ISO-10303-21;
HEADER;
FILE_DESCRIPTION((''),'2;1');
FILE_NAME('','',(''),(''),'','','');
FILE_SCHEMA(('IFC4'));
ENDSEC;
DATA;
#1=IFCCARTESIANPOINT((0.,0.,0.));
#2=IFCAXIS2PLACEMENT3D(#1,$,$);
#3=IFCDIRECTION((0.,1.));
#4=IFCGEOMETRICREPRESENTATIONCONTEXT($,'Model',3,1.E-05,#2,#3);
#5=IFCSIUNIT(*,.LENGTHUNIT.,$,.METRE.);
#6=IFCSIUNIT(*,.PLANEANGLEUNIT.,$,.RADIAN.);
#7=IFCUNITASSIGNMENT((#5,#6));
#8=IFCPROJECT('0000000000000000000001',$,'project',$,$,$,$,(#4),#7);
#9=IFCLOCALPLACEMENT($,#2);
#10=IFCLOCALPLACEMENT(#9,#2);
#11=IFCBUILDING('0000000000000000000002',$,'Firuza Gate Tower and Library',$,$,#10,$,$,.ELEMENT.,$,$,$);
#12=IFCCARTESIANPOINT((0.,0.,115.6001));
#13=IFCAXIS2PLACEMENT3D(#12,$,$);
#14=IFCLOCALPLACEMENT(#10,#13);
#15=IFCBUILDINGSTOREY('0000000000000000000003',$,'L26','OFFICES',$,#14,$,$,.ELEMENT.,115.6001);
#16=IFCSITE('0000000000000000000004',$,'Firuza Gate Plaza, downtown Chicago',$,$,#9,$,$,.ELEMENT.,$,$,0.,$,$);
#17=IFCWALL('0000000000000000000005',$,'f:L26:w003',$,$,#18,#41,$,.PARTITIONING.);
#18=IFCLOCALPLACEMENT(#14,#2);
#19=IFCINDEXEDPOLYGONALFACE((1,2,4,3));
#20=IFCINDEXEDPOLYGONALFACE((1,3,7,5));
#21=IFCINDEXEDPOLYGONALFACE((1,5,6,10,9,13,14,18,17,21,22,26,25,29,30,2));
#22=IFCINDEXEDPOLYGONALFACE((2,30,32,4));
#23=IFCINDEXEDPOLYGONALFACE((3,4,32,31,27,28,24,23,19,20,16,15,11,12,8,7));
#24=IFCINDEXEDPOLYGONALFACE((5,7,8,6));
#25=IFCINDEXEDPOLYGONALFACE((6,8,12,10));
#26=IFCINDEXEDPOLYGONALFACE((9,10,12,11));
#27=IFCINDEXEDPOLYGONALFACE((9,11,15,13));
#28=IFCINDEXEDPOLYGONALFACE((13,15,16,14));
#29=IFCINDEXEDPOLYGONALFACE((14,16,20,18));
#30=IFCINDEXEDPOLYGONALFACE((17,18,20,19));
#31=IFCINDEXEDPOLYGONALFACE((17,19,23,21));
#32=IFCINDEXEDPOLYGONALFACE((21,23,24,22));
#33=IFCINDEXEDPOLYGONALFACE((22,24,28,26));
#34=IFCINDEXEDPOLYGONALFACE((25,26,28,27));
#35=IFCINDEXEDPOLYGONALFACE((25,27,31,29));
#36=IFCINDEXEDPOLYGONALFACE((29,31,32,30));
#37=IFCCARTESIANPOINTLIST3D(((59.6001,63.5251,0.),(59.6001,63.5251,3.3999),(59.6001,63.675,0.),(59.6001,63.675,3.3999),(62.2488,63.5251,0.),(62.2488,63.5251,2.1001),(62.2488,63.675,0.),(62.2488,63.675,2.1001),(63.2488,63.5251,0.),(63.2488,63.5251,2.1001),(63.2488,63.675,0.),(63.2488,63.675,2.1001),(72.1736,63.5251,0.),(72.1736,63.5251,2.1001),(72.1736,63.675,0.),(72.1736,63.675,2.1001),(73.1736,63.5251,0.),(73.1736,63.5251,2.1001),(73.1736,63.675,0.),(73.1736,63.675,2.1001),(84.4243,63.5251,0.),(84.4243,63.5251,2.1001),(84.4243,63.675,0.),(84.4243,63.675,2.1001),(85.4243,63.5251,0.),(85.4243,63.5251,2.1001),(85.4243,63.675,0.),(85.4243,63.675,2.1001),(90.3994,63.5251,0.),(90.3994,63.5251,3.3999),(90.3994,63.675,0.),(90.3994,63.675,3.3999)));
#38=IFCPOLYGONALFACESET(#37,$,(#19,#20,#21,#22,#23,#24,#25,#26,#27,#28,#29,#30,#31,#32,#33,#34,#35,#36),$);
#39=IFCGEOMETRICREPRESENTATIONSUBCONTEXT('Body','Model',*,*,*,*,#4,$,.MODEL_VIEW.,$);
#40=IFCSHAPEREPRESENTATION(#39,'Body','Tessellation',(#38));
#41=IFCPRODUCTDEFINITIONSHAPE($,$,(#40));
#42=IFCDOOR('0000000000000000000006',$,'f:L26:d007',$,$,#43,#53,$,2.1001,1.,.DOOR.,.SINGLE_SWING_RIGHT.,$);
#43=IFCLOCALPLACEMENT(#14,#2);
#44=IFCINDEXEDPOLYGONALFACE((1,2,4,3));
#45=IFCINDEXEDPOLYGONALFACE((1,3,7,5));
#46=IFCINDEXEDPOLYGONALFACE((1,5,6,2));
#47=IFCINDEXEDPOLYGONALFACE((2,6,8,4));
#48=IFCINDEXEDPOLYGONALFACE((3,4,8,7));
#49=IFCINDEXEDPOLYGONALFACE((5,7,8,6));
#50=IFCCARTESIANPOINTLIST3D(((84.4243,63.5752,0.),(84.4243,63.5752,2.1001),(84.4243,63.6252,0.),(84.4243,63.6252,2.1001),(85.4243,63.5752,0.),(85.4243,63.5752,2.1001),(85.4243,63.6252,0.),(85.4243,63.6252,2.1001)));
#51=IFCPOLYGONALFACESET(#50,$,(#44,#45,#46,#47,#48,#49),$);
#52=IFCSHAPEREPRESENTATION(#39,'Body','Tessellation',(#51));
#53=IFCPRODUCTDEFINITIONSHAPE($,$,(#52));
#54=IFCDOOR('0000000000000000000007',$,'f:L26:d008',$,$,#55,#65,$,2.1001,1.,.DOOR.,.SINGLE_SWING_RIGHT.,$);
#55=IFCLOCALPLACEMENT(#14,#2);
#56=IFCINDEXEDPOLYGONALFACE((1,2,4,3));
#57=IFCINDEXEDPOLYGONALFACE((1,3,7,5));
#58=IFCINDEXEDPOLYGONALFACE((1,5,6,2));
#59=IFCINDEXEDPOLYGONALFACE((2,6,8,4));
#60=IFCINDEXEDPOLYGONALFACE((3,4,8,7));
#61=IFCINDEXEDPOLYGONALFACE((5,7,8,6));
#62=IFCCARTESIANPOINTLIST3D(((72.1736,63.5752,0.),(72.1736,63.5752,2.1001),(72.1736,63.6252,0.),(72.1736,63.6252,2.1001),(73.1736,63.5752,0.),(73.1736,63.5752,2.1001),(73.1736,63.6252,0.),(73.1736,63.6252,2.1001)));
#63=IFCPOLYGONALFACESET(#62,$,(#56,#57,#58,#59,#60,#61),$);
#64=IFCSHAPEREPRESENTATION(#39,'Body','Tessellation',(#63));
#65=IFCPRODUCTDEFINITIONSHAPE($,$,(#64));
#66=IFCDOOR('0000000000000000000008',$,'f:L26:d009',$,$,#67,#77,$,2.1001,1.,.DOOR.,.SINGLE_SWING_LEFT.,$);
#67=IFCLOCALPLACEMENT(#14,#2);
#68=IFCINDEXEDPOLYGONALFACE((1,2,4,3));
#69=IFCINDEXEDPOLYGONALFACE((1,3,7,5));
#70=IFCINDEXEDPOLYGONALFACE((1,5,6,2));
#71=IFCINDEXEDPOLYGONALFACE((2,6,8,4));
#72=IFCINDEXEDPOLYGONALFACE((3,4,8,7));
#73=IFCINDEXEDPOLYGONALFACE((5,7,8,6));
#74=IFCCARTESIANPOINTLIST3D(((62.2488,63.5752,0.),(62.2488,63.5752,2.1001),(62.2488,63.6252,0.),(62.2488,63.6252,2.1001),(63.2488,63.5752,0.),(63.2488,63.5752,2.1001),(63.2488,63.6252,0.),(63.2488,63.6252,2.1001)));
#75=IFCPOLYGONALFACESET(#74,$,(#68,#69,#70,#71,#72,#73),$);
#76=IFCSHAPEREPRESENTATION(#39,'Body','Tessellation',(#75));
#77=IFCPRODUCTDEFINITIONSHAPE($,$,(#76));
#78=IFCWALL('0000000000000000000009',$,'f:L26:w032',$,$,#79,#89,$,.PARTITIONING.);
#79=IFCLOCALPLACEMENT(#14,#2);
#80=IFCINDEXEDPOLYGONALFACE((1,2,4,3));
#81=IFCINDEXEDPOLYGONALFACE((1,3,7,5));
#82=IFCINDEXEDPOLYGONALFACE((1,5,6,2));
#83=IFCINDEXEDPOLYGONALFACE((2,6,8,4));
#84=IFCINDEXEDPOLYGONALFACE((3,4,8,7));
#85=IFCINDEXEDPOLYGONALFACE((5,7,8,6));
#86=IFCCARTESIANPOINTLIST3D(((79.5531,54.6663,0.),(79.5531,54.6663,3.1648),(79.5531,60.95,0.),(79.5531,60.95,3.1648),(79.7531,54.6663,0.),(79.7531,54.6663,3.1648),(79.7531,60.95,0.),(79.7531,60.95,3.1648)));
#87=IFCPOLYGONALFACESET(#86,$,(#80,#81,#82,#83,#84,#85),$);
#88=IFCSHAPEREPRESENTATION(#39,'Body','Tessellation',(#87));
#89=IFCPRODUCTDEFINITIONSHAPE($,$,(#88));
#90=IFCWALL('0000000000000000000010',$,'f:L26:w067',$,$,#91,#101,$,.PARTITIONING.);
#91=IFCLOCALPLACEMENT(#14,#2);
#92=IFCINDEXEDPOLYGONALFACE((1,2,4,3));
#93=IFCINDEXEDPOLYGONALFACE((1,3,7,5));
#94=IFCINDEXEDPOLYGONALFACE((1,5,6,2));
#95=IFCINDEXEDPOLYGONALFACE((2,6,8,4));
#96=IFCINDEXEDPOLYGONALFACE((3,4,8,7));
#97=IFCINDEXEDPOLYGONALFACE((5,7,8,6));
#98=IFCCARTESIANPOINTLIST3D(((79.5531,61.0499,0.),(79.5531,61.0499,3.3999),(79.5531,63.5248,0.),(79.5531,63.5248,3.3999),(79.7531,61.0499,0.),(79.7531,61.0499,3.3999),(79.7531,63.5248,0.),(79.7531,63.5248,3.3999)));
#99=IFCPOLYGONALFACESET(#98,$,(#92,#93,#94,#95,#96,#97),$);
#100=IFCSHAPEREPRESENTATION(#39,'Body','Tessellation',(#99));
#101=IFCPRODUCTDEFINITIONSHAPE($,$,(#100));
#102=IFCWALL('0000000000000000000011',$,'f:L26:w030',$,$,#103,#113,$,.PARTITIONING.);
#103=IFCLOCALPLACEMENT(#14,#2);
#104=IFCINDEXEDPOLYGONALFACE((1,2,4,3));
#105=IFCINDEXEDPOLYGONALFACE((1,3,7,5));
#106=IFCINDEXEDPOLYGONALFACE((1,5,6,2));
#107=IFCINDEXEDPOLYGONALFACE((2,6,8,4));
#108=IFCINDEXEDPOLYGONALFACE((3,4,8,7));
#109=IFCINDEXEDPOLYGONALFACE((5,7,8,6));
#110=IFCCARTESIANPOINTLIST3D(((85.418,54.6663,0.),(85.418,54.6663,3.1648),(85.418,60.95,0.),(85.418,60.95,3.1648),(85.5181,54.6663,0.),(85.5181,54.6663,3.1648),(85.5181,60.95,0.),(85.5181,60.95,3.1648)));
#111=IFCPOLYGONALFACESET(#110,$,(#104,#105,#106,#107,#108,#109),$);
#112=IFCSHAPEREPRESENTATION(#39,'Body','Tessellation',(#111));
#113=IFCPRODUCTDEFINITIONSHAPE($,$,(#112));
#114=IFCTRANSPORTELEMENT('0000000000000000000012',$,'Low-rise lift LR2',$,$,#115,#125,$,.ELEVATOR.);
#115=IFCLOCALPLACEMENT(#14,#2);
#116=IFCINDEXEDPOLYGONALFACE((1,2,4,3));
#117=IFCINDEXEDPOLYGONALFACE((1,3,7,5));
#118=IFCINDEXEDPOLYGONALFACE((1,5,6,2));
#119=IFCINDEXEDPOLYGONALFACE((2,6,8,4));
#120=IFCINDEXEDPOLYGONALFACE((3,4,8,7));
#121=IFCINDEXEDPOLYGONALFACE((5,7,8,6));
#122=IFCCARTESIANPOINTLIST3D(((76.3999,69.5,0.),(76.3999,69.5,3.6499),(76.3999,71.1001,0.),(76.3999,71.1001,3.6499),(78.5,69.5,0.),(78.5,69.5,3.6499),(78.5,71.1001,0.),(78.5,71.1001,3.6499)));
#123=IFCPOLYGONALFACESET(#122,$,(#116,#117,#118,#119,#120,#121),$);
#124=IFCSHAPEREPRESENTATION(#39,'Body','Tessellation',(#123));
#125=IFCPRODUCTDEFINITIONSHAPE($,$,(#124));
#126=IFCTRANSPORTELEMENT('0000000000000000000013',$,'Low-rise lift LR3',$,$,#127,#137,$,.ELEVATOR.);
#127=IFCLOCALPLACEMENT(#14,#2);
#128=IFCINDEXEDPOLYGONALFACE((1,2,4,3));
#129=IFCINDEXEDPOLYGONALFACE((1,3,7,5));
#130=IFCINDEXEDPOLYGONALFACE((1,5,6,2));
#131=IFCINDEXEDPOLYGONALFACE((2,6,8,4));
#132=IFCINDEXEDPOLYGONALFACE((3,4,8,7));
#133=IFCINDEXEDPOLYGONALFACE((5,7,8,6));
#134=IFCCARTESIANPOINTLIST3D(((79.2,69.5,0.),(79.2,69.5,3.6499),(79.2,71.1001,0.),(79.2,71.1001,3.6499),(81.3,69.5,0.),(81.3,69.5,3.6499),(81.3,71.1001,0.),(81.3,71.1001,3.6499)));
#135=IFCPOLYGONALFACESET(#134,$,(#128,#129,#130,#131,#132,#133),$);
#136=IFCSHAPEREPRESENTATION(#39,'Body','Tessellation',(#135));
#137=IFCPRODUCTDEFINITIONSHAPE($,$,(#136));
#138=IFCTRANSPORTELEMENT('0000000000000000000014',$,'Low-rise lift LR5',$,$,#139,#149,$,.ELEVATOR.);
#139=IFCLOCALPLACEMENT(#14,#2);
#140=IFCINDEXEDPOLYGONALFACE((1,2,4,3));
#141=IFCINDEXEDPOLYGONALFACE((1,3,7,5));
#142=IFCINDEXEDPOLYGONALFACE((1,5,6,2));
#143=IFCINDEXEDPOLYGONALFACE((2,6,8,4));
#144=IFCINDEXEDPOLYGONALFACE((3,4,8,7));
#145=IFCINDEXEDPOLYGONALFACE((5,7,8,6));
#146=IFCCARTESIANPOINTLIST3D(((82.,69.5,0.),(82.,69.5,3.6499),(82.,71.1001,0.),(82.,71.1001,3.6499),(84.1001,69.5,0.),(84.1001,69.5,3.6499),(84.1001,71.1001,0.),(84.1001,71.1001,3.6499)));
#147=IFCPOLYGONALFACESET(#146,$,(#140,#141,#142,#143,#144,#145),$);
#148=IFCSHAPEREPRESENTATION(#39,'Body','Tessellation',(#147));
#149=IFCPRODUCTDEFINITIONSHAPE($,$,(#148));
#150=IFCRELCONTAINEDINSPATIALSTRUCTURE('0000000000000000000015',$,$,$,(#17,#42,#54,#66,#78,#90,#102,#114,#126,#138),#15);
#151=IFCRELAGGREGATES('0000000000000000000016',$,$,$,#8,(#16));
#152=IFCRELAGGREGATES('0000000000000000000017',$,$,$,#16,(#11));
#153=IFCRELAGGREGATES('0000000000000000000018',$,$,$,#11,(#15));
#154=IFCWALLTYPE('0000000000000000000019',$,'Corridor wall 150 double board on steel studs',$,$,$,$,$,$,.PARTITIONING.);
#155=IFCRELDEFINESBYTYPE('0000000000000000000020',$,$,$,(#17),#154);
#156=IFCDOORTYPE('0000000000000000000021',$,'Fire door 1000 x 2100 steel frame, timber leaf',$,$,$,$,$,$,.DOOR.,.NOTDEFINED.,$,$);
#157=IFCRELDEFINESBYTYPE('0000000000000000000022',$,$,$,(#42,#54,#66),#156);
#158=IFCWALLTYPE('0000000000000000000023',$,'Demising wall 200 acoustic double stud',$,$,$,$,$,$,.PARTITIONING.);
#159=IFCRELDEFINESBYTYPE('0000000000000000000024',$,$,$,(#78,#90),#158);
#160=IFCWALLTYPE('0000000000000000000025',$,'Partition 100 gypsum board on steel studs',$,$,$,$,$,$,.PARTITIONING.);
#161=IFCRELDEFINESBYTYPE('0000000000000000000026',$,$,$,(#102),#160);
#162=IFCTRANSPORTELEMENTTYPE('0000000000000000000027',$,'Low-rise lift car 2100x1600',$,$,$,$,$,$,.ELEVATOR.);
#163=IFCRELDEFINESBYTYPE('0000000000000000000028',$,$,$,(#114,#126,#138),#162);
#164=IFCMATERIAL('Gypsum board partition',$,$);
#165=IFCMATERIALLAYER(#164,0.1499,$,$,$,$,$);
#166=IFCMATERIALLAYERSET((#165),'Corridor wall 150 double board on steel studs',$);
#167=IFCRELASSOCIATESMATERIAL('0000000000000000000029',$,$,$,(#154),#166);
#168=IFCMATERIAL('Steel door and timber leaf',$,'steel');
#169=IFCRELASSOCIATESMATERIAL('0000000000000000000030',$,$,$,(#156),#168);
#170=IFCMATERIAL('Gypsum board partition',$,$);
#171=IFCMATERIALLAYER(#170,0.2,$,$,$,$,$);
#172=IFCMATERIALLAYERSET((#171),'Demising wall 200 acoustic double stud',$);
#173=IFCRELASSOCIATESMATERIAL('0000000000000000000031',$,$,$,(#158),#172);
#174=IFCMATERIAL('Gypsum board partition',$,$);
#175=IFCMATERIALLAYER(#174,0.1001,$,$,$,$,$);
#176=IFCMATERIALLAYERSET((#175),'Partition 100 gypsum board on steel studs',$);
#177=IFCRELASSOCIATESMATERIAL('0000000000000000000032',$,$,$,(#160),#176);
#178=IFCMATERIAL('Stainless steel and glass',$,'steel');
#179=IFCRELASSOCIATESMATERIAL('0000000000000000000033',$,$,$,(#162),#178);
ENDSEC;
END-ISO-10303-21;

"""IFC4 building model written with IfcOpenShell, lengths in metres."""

from ifc_helpers import new_model, si_unit, direction, frame, frame_2d, origin, origin_2d, place, context, subcontext, project, spatial, rectangle, extrude, material, layer, layer_set, type_object, element, fill, save


model = new_model("IFC4")

# Units and contexts
model_context = context("Model", 3, precision=1e-05, world=origin(), true_north=direction((0.0, 1.0)))
body_context = subcontext(model_context, "Body", "Model", "MODEL_VIEW")
ifc_project = project(units=[si_unit("LENGTHUNIT", "METRE"), si_unit("PLANEANGLEUNIT", "RADIAN")], contexts=[model_context])

# Site, building, storey
site_placement = place(None, origin())
site = spatial("IfcSite", under=ifc_project, at=site_placement, Name="Firuza Gate Plaza, downtown Chicago", CompositionType="ELEMENT", RefElevation=0.0)
building_placement = place(site_placement, origin())
building = spatial("IfcBuilding", under=site, at=building_placement, Name="Firuza Gate Tower and Library", CompositionType="ELEMENT")
storey_placement = place(building_placement, frame((0.0, 0.0, 115.6001)))
storey = spatial("IfcBuildingStorey", under=building, at=storey_placement, Name="L26", Description="OFFICES", CompositionType="ELEMENT", Elevation=115.6001)

# Wall, openings, doors
ifc_material_1 = material(Name="Gypsum board partition")
ifc_layer_1 = layer(ifc_material_1, 0.1499)
ifc_layer_set_1 = layer_set([ifc_layer_1], Name="Corridor wall 150 double board on steel studs")
wall_type_1 = type_object("IfcWallType", Name="Corridor wall 150 double board on steel studs", PredefinedType="PARTITIONING", material=ifc_layer_set_1)
wall_1_placement = place(storey_placement, frame((90.3994, 63.6001, 0.0), z_axis=(0.0, 0.0, 1.0), x_axis=(-1.0, 0.0, 0.0)))
wall_1 = element("IfcWall", 1, at=wall_1_placement, inside=storey, type_object=wall_type_1, Name="f:L26:w003", PredefinedType="PARTITIONING", context=body_context, shape_type="SweptSolid", body=[
    extrude(rectangle(XDim=30.7993, YDim=0.1499, at=frame_2d((15.3997, 0.0))), origin(), (0.0, 0.0, 1.0), 3.3999),
])
opening_1_placement = place(wall_1_placement, frame((4.9751, 0.0, 0.0)))
opening_1 = element("IfcOpeningElement", 2, at=opening_1_placement, cuts=wall_1, PredefinedType="OPENING", context=body_context, shape_type="SweptSolid", body=[
    extrude(rectangle(XDim=1.0, YDim=2.1001, at=frame_2d((0.5, 1.05))), frame((0.0, 0.085, 0.0), z_axis=(0.0, -1.0, 0.0), x_axis=(1.0, 0.0, 0.0)), (0.0, 0.0, 1.0), 0.1699),
])
opening_2_placement = place(wall_1_placement, frame((17.2258, 0.0, 0.0)))
opening_2 = element("IfcOpeningElement", 3, at=opening_2_placement, cuts=wall_1, PredefinedType="OPENING", context=body_context, shape_type="SweptSolid", body=[
    extrude(rectangle(XDim=1.0, YDim=2.1001, at=frame_2d((0.5, 1.05))), frame((0.0, 0.085, 0.0), z_axis=(0.0, -1.0, 0.0), x_axis=(1.0, 0.0, 0.0)), (0.0, 0.0, 1.0), 0.1699),
])
opening_3_placement = place(wall_1_placement, frame((27.1506, 0.0, 0.0)))
opening_3 = element("IfcOpeningElement", 4, at=opening_3_placement, cuts=wall_1, PredefinedType="OPENING", context=body_context, shape_type="SweptSolid", body=[
    extrude(rectangle(XDim=1.0, YDim=2.1001, at=frame_2d((0.5, 1.05))), frame((0.0, 0.085, 0.0), z_axis=(0.0, -1.0, 0.0), x_axis=(1.0, 0.0, 0.0)), (0.0, 0.0, 1.0), 0.1699),
])
ifc_material_2 = material(Name="Steel door and timber leaf", Category="steel")
door_type_1 = type_object("IfcDoorType", Name="Fire door 1000 x 2100 steel frame, timber leaf", OperationType="NOTDEFINED", PredefinedType="DOOR", material=ifc_material_2)
door_1_placement = place(opening_1_placement, origin())
door_1 = element("IfcDoor", 5, at=door_1_placement, inside=storey, type_object=door_type_1, Name="f:L26:d007", OperationType="SINGLE_SWING_RIGHT", OverallHeight=2.1001, OverallWidth=1.0, PredefinedType="DOOR", context=body_context, shape_type="SweptSolid", body=[
    extrude(rectangle(XDim=1.0, YDim=2.1001, at=frame_2d((0.5, 1.05))), frame((0.0, 0.0249, 0.0), z_axis=(0.0, -1.0, 0.0), x_axis=(1.0, 0.0, 0.0)), (0.0, 0.0, 1.0), 0.05),
])
fill(opening_1, door_1)
door_2_placement = place(opening_2_placement, origin())
door_2 = element("IfcDoor", 6, at=door_2_placement, inside=storey, type_object=door_type_1, Name="f:L26:d008", OperationType="SINGLE_SWING_RIGHT", OverallHeight=2.1001, OverallWidth=1.0, PredefinedType="DOOR", context=body_context, shape_type="SweptSolid", body=[
    extrude(rectangle(XDim=1.0, YDim=2.1001, at=frame_2d((0.5, 1.05))), frame((0.0, 0.0249, 0.0), z_axis=(0.0, -1.0, 0.0), x_axis=(1.0, 0.0, 0.0)), (0.0, 0.0, 1.0), 0.05),
])
fill(opening_2, door_2)
door_3_placement = place(opening_3_placement, origin())
door_3 = element("IfcDoor", 7, at=door_3_placement, inside=storey, type_object=door_type_1, Name="f:L26:d009", OperationType="SINGLE_SWING_LEFT", OverallHeight=2.1001, OverallWidth=1.0, PredefinedType="DOOR", context=body_context, shape_type="SweptSolid", body=[
    extrude(rectangle(XDim=1.0, YDim=2.1001, at=frame_2d((0.5, 1.05))), frame((0.0, 0.0249, 0.0), z_axis=(0.0, -1.0, 0.0), x_axis=(1.0, 0.0, 0.0)), (0.0, 0.0, 1.0), 0.05),
])
fill(opening_3, door_3)

# Walls
ifc_material_3 = material(Name="Gypsum board partition")
ifc_layer_2 = layer(ifc_material_3, 0.2)
ifc_layer_set_2 = layer_set([ifc_layer_2], Name="Demising wall 200 acoustic double stud")
wall_type_2 = type_object("IfcWallType", Name="Demising wall 200 acoustic double stud", PredefinedType="PARTITIONING", material=ifc_layer_set_2)
wall_2_placement = place(storey_placement, frame((79.6531, 54.6663, 0.0), z_axis=(0.0, 0.0, 1.0), x_axis=(0.0, 1.0, 0.0)))
element("IfcWall", 8, at=wall_2_placement, inside=storey, type_object=wall_type_2, Name="f:L26:w032", PredefinedType="PARTITIONING", context=body_context, shape_type="SweptSolid", body=[
    extrude(rectangle(XDim=6.2837, YDim=0.2, at=frame_2d((3.1418, 0.0))), origin(), (0.0, 0.0, 1.0), 3.1648),
])
wall_3_placement = place(storey_placement, frame((79.6531, 61.05, 0.0), z_axis=(0.0, 0.0, 1.0), x_axis=(0.0, 1.0, 0.0)))
element("IfcWall", 9, at=wall_3_placement, inside=storey, type_object=wall_type_2, Name="f:L26:w067", PredefinedType="PARTITIONING", context=body_context, shape_type="SweptSolid", body=[
    extrude(rectangle(XDim=2.4749, YDim=0.2, at=frame_2d((1.2373, 0.0))), origin(), (0.0, 0.0, 1.0), 3.3999),
])
ifc_material_4 = material(Name="Gypsum board partition")
ifc_layer_3 = layer(ifc_material_4, 0.1001)
ifc_layer_set_3 = layer_set([ifc_layer_3], Name="Partition 100 gypsum board on steel studs")
wall_type_3 = type_object("IfcWallType", Name="Partition 100 gypsum board on steel studs", PredefinedType="PARTITIONING", material=ifc_layer_set_3)
wall_4_placement = place(storey_placement, frame((85.468, 54.6663, 0.0), z_axis=(0.0, 0.0, 1.0), x_axis=(0.0, 1.0, 0.0)))
element("IfcWall", 10, at=wall_4_placement, inside=storey, type_object=wall_type_3, Name="f:L26:w030", PredefinedType="PARTITIONING", context=body_context, shape_type="SweptSolid", body=[
    extrude(rectangle(XDim=6.2837, YDim=0.1001, at=frame_2d((3.1418, 0.0))), origin(), (0.0, 0.0, 1.0), 3.1648),
])

# Transport elements
ifc_material_5 = material(Name="Stainless steel and glass", Category="steel")
transport_element_type = type_object("IfcTransportElementType", Name="Low-rise lift car 2100x1600", PredefinedType="ELEVATOR", material=ifc_material_5)
for number, where, z_axis, x_axis, name in (
    (11, (77.45, 70.3, 0.0), (0.0, 0.0, 1.0), (1.0, 0.0, 0.0), "Low-rise lift LR2"),
    (12, (80.25, 70.3, 0.0), (0.0, 0.0, 1.0), (1.0, 0.0, 0.0), "Low-rise lift LR3"),
    (13, (83.05, 70.3, 0.0), (0.0, 0.0, 1.0), (1.0, 0.0, 0.0), "Low-rise lift LR5"),
):
    element("IfcTransportElement", number, at=place(storey_placement, frame(where, z_axis=z_axis, x_axis=x_axis)), inside=storey, type_object=transport_element_type, Name=name, PredefinedType="ELEVATOR", context=body_context, shape_type="SweptSolid", body=[
        extrude(rectangle(XDim=2.1001, YDim=1.6001, at=origin_2d()), origin(), (0.0, 0.0, 1.0), 3.6499),
    ])

save(model, "model.ifc")
